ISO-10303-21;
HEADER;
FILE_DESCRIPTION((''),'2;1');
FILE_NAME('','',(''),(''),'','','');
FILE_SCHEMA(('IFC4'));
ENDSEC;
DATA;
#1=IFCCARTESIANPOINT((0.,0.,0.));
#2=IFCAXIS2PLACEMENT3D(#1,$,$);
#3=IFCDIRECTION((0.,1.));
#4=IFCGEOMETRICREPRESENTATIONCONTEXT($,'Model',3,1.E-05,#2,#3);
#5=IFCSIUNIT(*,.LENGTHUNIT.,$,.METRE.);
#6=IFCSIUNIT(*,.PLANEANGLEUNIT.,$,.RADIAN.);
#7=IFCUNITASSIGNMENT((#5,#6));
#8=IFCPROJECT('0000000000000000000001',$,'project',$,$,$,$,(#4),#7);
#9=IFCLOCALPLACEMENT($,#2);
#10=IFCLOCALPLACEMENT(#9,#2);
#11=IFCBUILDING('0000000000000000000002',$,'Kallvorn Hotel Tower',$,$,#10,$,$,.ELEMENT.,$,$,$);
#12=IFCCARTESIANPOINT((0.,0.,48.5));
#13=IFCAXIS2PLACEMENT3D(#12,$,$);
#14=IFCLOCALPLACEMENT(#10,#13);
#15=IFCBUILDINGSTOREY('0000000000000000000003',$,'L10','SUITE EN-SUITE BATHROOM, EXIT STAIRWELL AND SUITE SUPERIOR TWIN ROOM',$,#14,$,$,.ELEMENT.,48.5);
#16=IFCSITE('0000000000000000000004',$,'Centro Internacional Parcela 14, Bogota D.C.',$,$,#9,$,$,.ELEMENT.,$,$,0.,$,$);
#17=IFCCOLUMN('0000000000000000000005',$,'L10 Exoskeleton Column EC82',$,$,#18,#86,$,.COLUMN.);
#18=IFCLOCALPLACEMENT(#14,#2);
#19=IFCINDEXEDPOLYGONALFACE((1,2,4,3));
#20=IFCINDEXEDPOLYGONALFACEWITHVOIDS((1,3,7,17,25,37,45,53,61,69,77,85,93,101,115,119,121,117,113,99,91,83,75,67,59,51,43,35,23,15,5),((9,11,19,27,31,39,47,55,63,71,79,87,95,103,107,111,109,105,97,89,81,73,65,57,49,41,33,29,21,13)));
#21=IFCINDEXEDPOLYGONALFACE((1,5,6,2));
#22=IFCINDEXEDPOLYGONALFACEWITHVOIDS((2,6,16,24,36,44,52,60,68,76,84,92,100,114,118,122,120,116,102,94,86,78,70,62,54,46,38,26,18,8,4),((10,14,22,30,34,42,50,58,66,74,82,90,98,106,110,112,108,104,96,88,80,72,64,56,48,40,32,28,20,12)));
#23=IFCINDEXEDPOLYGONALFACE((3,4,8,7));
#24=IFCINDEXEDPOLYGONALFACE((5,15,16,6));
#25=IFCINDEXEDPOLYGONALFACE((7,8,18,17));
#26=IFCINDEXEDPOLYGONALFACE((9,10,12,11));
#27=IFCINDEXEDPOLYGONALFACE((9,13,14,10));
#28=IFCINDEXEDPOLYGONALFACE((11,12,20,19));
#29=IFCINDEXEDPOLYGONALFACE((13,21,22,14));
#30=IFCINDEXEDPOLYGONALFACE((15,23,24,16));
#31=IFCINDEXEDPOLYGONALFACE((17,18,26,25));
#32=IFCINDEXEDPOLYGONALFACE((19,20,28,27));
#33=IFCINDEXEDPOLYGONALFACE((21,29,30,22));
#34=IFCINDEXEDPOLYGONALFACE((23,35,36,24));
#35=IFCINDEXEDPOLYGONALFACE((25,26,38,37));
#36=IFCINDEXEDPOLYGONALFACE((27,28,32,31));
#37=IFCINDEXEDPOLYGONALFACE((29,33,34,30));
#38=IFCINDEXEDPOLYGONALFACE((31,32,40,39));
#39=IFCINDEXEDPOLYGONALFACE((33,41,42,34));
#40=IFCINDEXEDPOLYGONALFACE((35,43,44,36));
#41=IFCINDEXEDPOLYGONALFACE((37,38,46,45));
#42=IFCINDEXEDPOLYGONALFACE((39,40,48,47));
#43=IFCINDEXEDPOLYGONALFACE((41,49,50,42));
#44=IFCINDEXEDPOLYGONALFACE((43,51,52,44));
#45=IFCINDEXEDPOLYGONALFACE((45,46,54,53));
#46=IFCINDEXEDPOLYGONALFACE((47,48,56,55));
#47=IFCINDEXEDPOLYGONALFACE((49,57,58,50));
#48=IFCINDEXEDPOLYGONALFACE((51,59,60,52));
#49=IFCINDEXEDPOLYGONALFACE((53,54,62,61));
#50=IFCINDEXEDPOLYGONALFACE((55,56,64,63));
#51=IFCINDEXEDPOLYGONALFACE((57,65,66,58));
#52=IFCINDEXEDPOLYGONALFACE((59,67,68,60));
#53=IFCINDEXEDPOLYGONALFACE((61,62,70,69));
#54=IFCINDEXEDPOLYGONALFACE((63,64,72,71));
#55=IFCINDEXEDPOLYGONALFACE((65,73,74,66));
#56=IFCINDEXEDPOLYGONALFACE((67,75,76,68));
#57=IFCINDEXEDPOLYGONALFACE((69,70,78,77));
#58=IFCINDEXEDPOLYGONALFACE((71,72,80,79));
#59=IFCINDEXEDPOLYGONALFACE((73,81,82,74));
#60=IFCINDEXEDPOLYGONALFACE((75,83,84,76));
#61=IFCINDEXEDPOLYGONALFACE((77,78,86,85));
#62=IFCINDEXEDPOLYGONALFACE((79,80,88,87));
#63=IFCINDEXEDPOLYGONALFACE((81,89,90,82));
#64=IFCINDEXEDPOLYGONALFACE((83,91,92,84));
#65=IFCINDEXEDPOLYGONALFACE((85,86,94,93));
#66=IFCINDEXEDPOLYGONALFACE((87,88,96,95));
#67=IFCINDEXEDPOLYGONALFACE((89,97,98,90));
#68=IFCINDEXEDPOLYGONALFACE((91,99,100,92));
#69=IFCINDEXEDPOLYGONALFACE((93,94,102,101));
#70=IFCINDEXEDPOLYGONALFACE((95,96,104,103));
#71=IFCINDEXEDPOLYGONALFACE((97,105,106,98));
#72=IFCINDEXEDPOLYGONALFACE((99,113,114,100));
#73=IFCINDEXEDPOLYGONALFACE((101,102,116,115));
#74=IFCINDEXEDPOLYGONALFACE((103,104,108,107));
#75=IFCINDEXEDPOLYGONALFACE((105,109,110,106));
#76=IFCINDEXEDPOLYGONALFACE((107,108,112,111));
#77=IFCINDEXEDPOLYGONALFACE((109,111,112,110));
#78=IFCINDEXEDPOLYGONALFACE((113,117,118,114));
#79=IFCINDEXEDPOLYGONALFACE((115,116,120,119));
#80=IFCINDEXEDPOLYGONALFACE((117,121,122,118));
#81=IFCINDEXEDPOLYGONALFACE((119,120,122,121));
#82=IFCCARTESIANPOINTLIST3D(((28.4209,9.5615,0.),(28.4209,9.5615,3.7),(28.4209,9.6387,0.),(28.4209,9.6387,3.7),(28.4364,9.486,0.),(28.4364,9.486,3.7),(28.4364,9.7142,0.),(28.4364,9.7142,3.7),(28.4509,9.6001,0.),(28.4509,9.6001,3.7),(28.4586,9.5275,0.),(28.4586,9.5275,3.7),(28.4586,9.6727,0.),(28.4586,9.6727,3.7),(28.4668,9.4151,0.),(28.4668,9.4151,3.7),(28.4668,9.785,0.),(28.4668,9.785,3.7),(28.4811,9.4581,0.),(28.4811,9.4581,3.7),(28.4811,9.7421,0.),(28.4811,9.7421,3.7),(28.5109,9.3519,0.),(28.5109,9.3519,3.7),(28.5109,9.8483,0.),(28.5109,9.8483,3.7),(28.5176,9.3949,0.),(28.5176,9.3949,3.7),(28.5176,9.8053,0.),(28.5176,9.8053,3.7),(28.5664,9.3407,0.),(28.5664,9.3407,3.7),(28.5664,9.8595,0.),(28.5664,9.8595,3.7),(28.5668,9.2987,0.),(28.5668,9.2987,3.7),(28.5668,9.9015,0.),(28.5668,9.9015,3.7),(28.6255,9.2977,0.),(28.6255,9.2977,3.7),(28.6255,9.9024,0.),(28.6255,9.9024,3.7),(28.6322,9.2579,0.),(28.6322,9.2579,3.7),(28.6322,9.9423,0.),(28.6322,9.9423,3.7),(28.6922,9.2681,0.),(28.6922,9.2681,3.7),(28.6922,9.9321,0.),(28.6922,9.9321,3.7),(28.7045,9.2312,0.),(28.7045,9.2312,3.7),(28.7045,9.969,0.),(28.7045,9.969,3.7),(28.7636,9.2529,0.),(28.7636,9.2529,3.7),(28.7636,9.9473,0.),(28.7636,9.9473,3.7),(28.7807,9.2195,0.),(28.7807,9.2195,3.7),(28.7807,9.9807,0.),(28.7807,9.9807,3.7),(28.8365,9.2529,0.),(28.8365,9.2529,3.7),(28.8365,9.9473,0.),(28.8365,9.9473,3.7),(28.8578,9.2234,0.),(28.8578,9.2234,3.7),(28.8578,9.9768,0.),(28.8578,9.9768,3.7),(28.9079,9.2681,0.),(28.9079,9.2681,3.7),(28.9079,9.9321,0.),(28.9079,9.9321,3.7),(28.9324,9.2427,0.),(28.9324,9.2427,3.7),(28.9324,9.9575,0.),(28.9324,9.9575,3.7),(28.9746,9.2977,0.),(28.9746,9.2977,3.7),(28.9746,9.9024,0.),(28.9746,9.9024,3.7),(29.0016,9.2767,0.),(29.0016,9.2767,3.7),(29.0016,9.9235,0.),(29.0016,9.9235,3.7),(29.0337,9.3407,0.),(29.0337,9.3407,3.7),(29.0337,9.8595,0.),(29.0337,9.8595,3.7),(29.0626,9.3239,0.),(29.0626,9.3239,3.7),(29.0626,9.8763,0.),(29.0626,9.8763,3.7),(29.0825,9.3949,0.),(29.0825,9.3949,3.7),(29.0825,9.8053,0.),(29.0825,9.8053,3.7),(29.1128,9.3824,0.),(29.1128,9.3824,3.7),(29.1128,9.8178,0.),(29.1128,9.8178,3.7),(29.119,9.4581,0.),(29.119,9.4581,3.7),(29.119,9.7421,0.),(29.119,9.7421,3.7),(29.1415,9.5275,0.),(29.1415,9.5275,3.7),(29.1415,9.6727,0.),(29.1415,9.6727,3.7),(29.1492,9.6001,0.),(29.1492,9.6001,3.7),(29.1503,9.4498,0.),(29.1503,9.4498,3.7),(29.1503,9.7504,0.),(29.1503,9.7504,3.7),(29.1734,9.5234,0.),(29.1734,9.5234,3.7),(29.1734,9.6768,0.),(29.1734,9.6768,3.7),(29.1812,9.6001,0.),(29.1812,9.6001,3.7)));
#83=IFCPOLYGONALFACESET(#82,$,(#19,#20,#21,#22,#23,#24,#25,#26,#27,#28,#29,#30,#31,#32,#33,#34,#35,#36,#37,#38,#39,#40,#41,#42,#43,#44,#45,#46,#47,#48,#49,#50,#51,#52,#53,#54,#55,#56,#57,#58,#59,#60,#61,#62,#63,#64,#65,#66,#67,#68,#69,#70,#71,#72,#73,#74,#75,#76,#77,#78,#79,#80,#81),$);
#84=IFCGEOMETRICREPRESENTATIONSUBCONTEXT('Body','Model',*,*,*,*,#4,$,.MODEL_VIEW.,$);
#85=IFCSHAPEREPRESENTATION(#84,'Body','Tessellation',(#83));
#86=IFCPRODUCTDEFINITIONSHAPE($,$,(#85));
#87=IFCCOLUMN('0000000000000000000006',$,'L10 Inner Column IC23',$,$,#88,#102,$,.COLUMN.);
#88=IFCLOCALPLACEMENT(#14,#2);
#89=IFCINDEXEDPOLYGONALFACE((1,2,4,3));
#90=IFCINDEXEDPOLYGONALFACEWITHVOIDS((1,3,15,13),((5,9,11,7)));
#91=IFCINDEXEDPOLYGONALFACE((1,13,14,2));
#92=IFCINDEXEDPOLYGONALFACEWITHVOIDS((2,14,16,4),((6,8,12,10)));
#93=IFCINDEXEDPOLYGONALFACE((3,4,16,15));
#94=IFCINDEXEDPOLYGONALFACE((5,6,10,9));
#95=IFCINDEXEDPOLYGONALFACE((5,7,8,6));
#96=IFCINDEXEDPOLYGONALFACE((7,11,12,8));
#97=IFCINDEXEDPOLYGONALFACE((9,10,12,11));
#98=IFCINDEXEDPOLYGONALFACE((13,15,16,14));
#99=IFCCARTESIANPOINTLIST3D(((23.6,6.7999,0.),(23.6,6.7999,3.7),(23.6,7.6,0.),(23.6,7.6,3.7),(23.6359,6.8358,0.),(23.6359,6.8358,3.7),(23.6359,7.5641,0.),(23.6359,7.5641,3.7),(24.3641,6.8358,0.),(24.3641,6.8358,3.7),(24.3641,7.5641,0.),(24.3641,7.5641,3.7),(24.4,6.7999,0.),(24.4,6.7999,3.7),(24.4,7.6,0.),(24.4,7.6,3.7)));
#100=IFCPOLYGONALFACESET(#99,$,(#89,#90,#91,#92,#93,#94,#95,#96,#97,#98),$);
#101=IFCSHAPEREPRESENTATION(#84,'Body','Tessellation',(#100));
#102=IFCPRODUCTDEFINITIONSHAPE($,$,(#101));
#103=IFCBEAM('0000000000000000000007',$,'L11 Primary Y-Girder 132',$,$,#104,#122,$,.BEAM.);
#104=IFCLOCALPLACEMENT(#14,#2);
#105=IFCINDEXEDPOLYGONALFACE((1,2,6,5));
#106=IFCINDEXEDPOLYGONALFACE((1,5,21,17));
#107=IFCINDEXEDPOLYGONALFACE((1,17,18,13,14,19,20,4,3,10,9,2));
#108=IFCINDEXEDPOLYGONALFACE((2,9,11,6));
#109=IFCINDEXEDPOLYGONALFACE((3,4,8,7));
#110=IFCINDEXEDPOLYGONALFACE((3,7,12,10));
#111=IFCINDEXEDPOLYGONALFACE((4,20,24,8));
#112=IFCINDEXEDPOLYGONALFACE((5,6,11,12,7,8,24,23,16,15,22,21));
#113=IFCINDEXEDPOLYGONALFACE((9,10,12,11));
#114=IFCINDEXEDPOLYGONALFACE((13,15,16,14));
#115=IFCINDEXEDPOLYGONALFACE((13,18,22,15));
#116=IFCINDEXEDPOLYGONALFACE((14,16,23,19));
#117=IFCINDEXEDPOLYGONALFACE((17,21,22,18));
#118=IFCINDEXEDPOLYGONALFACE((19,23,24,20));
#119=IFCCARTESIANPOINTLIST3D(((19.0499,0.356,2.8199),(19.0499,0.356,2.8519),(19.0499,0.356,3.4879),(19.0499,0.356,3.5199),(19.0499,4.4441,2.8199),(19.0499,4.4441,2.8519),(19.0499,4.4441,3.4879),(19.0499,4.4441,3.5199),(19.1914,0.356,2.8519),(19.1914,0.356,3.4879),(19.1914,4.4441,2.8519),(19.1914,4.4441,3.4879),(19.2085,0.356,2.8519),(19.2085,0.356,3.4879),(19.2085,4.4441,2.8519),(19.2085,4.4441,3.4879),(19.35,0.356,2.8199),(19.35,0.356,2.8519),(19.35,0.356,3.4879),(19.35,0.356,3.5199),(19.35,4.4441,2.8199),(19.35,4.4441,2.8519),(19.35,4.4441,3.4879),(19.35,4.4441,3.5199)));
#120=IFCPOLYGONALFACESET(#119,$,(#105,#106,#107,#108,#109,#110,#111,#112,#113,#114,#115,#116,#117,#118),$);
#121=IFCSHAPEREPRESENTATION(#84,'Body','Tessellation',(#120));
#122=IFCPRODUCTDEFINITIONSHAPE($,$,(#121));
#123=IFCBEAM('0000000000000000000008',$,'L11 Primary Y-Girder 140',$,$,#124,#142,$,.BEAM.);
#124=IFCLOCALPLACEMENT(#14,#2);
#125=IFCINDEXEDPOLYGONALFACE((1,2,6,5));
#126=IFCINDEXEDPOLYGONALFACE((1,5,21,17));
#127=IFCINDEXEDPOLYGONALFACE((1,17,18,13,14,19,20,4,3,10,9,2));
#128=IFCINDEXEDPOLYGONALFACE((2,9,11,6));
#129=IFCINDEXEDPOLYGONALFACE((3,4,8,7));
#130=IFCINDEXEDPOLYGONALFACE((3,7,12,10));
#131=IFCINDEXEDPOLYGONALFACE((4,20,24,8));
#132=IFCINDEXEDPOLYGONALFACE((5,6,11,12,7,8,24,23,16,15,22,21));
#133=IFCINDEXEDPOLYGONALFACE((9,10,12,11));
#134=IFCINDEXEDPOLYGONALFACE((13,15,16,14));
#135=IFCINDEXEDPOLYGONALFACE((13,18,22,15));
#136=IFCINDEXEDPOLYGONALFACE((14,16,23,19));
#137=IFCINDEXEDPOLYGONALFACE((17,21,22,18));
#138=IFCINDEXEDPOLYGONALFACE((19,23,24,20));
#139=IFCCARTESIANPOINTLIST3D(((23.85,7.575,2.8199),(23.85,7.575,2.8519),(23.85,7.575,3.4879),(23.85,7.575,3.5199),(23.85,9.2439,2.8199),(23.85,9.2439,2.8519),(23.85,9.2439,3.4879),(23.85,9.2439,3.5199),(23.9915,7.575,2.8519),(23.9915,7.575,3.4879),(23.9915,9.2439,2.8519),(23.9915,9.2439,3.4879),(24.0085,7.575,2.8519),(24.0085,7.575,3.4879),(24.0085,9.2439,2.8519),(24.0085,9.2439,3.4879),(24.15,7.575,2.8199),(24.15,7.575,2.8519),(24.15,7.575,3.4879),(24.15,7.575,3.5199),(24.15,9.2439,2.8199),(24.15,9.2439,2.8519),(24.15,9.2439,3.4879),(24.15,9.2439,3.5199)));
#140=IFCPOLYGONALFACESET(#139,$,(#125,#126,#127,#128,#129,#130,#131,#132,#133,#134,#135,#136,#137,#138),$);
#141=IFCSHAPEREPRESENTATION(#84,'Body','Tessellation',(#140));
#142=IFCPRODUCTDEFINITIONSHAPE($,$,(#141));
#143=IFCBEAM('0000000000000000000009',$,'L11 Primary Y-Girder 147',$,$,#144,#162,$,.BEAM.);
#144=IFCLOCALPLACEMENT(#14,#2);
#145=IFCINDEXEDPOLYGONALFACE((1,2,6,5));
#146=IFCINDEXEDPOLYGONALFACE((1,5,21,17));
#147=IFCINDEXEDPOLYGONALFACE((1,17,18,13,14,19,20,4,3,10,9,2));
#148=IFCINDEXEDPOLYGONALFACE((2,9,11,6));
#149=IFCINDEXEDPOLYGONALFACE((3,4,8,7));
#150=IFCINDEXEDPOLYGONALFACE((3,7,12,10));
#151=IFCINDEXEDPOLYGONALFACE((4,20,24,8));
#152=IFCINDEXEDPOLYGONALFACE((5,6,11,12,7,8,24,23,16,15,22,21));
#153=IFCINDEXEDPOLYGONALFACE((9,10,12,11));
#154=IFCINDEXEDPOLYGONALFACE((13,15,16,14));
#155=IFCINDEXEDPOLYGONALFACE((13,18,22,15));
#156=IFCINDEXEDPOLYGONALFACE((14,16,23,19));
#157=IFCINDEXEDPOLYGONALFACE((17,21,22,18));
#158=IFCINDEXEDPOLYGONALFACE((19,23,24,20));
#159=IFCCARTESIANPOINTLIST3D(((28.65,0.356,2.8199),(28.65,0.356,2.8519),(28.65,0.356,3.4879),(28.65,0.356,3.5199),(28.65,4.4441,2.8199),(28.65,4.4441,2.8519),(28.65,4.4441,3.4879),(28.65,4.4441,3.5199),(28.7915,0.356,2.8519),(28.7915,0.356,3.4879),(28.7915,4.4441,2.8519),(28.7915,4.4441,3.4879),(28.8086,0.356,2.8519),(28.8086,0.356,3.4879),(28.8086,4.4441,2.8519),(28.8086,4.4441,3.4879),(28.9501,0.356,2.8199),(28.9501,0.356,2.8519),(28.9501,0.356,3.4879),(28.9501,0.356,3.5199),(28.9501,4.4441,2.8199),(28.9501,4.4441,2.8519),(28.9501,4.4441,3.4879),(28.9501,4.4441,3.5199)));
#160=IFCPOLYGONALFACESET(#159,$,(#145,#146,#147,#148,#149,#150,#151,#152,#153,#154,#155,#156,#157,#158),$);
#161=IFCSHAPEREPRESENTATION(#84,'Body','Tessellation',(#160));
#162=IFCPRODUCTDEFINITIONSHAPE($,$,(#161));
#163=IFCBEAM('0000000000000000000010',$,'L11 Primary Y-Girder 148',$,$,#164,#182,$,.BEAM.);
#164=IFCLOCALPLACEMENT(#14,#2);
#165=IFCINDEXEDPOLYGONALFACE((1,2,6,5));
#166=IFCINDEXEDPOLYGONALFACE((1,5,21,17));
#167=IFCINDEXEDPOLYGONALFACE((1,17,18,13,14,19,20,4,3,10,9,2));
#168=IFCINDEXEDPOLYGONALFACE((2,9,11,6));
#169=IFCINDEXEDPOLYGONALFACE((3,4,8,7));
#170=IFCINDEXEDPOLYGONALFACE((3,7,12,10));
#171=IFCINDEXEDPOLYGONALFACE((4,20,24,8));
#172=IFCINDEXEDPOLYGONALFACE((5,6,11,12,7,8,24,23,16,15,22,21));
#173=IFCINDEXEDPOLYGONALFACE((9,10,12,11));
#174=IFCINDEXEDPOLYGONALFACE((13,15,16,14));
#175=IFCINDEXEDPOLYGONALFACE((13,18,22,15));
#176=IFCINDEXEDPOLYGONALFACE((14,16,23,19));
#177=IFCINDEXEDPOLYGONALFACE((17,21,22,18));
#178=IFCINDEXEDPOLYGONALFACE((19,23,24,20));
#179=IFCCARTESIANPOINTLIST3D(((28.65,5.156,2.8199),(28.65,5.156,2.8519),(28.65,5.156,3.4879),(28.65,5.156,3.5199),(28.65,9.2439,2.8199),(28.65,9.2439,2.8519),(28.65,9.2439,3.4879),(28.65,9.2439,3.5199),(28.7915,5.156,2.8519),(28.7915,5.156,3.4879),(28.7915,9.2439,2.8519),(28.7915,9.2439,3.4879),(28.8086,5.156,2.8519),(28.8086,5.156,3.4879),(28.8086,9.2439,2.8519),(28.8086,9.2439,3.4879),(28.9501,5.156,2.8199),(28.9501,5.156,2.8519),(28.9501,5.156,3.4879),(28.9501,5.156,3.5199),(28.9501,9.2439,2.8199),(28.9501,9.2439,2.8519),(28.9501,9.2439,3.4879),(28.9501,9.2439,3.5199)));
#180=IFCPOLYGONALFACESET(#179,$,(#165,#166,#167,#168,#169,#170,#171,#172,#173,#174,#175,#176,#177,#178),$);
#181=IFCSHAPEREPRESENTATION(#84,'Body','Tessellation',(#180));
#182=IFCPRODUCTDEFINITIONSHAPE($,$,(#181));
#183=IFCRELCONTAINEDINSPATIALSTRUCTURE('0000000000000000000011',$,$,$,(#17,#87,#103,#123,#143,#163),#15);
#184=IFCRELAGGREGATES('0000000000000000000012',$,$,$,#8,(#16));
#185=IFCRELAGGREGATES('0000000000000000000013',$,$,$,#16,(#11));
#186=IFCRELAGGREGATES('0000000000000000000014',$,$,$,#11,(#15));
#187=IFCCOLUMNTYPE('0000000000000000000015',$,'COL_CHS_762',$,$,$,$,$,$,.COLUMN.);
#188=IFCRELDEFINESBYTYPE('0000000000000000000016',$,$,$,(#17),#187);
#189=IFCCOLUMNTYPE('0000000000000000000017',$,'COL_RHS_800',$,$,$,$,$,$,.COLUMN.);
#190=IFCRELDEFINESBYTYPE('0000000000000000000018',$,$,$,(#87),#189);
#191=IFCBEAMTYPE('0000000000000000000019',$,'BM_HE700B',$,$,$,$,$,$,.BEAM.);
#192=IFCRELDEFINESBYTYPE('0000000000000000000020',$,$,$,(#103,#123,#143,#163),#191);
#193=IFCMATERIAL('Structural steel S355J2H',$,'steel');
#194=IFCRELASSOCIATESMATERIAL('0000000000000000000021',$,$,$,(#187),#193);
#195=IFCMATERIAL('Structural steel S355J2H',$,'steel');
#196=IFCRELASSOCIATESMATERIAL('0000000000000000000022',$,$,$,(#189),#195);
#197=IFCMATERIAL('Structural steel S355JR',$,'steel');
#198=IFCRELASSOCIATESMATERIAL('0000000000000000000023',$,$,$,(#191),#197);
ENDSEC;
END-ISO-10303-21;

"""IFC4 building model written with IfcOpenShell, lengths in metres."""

from ifc_helpers import new_model, si_unit, direction, frame, origin, origin_2d, place, context, subcontext, project, spatial, hollow_rectangle, hollow_circle, i_section, extrude, material, material_profile, profile_set, type_object, element, save


model = new_model("IFC4")

# Units and contexts
model_context = context("Model", 3, precision=1e-05, world=origin(), true_north=direction((0.0, 1.0)))
body_context = subcontext(model_context, "Body", "Model", "MODEL_VIEW")
ifc_project = project(units=[si_unit("LENGTHUNIT", "METRE"), si_unit("PLANEANGLEUNIT", "RADIAN")], contexts=[model_context])

# Site, building, storey
site_placement = place(None, origin())
site = spatial("IfcSite", under=ifc_project, at=site_placement, Name="Centro Internacional Parcela 14, Bogota D.C.", CompositionType="ELEMENT", RefElevation=0.0)
building_placement = place(site_placement, origin())
building = spatial("IfcBuilding", under=site, at=building_placement, Name="Kallvorn Hotel Tower", CompositionType="ELEMENT")
storey_placement = place(building_placement, frame((0.0, 0.0, 48.5)))
storey = spatial("IfcBuildingStorey", under=building, at=storey_placement, Name="L10", Description="SUITE EN-SUITE BATHROOM, EXIT STAIRWELL AND SUITE SUPERIOR TWIN ROOM", CompositionType="ELEMENT", Elevation=48.5)

# Columns
ifc_material_1 = material(Name="Structural steel S355J2H", Category="steel")
ifc_material_profile_1 = material_profile(ifc_material_1, hollow_circle(Radius=0.3811, WallThickness=0.032, at=origin_2d()), Name="CHS 762x32")
ifc_profile_set_1 = profile_set([ifc_material_profile_1], Name="Structural steel S355J2H")
column_type_1 = type_object("IfcColumnType", Name="COL_CHS_762", PredefinedType="COLUMN", material=ifc_profile_set_1)
for number, where, z_axis, x_axis, name in (
    (1, (28.8, 9.6001, 0.0), (0.0, 0.0, 1.0), (1.0, 0.0, 0.0), "L10 Exoskeleton Column EC82"),
):
    element("IfcColumn", number, at=place(storey_placement, frame(where, z_axis=z_axis, x_axis=x_axis)), inside=storey, type_object=column_type_1, Name=name, PredefinedType="COLUMN", context=body_context, shape_type="SweptSolid", body=[
        extrude(hollow_circle(Radius=0.3811, WallThickness=0.032, at=origin_2d()), origin(), (0.0, 0.0, 1.0), 3.7),
    ])
ifc_material_2 = material(Name="Structural steel S355J2H", Category="steel")
ifc_material_profile_2 = material_profile(ifc_material_2, hollow_rectangle(XDim=0.8, YDim=0.8, WallThickness=0.0359, at=origin_2d()), Name="RHS 800x800x36")
ifc_profile_set_2 = profile_set([ifc_material_profile_2], Name="Structural steel S355J2H")
column_type_2 = type_object("IfcColumnType", Name="COL_RHS_800", PredefinedType="COLUMN", material=ifc_profile_set_2)
column_placement = place(storey_placement, frame((24.0, 7.2, 0.0), z_axis=(0.0, 0.0, 1.0), x_axis=(1.0, 0.0, 0.0)))
element("IfcColumn", 2, at=column_placement, inside=storey, type_object=column_type_2, Name="L10 Inner Column IC23", PredefinedType="COLUMN", context=body_context, shape_type="SweptSolid", body=[
    extrude(hollow_rectangle(XDim=0.8, YDim=0.8, WallThickness=0.0359, at=origin_2d()), origin(), (0.0, 0.0, 1.0), 3.7),
])

# Beams
ifc_material_3 = material(Name="Structural steel S355JR", Category="steel")
ifc_material_profile_3 = material_profile(ifc_material_3, i_section(OverallWidth=0.3, OverallDepth=0.7, WebThickness=0.0171, FlangeThickness=0.032, at=origin_2d()), Name="HE 700 B")
ifc_profile_set_3 = profile_set([ifc_material_profile_3], Name="Structural steel S355JR")
beam_type_1 = type_object("IfcBeamType", Name="BM_HE700B", PredefinedType="BEAM", material=ifc_profile_set_3)
beam_1_placement = place(storey_placement, frame((19.2, 0.356, 3.1699), z_axis=(0.0, 1.0, 0.0), x_axis=(-1.0, 0.0, 0.0)))
element("IfcBeam", 3, at=beam_1_placement, inside=storey, type_object=beam_type_1, Name="L11 Primary Y-Girder 132", PredefinedType="BEAM", context=body_context, shape_type="SweptSolid", body=[
    extrude(i_section(OverallWidth=0.3, OverallDepth=0.7, WebThickness=0.0171, FlangeThickness=0.032, at=origin_2d()), origin(), (0.0, 0.0, 1.0), 4.0881),
])
beam_2_placement = place(storey_placement, frame((24.0, 7.575, 3.1699), z_axis=(0.0, 1.0, 0.0), x_axis=(-1.0, 0.0, 0.0)))
element("IfcBeam", 4, at=beam_2_placement, inside=storey, type_object=beam_type_1, Name="L11 Primary Y-Girder 140", PredefinedType="BEAM", context=body_context, shape_type="SweptSolid", body=[
    extrude(i_section(OverallWidth=0.3, OverallDepth=0.7, WebThickness=0.0171, FlangeThickness=0.032, at=origin_2d()), origin(), (0.0, 0.0, 1.0), 1.6689),
])
beam_3_placement = place(storey_placement, frame((28.8, 0.356, 3.1699), z_axis=(0.0, 1.0, 0.0), x_axis=(-1.0, 0.0, 0.0)))
element("IfcBeam", 5, at=beam_3_placement, inside=storey, type_object=beam_type_1, Name="L11 Primary Y-Girder 147", PredefinedType="BEAM", context=body_context, shape_type="SweptSolid", body=[
    extrude(i_section(OverallWidth=0.3, OverallDepth=0.7, WebThickness=0.0171, FlangeThickness=0.032, at=origin_2d()), origin(), (0.0, 0.0, 1.0), 4.0881),
])
beam_4_placement = place(storey_placement, frame((28.8, 5.156, 3.1699), z_axis=(0.0, 1.0, 0.0), x_axis=(-1.0, 0.0, 0.0)))
element("IfcBeam", 6, at=beam_4_placement, inside=storey, type_object=beam_type_1, Name="L11 Primary Y-Girder 148", PredefinedType="BEAM", context=body_context, shape_type="SweptSolid", body=[
    extrude(i_section(OverallWidth=0.3, OverallDepth=0.7, WebThickness=0.0171, FlangeThickness=0.032, at=origin_2d()), origin(), (0.0, 0.0, 1.0), 4.0879),
])

save(model, "model.ifc")
